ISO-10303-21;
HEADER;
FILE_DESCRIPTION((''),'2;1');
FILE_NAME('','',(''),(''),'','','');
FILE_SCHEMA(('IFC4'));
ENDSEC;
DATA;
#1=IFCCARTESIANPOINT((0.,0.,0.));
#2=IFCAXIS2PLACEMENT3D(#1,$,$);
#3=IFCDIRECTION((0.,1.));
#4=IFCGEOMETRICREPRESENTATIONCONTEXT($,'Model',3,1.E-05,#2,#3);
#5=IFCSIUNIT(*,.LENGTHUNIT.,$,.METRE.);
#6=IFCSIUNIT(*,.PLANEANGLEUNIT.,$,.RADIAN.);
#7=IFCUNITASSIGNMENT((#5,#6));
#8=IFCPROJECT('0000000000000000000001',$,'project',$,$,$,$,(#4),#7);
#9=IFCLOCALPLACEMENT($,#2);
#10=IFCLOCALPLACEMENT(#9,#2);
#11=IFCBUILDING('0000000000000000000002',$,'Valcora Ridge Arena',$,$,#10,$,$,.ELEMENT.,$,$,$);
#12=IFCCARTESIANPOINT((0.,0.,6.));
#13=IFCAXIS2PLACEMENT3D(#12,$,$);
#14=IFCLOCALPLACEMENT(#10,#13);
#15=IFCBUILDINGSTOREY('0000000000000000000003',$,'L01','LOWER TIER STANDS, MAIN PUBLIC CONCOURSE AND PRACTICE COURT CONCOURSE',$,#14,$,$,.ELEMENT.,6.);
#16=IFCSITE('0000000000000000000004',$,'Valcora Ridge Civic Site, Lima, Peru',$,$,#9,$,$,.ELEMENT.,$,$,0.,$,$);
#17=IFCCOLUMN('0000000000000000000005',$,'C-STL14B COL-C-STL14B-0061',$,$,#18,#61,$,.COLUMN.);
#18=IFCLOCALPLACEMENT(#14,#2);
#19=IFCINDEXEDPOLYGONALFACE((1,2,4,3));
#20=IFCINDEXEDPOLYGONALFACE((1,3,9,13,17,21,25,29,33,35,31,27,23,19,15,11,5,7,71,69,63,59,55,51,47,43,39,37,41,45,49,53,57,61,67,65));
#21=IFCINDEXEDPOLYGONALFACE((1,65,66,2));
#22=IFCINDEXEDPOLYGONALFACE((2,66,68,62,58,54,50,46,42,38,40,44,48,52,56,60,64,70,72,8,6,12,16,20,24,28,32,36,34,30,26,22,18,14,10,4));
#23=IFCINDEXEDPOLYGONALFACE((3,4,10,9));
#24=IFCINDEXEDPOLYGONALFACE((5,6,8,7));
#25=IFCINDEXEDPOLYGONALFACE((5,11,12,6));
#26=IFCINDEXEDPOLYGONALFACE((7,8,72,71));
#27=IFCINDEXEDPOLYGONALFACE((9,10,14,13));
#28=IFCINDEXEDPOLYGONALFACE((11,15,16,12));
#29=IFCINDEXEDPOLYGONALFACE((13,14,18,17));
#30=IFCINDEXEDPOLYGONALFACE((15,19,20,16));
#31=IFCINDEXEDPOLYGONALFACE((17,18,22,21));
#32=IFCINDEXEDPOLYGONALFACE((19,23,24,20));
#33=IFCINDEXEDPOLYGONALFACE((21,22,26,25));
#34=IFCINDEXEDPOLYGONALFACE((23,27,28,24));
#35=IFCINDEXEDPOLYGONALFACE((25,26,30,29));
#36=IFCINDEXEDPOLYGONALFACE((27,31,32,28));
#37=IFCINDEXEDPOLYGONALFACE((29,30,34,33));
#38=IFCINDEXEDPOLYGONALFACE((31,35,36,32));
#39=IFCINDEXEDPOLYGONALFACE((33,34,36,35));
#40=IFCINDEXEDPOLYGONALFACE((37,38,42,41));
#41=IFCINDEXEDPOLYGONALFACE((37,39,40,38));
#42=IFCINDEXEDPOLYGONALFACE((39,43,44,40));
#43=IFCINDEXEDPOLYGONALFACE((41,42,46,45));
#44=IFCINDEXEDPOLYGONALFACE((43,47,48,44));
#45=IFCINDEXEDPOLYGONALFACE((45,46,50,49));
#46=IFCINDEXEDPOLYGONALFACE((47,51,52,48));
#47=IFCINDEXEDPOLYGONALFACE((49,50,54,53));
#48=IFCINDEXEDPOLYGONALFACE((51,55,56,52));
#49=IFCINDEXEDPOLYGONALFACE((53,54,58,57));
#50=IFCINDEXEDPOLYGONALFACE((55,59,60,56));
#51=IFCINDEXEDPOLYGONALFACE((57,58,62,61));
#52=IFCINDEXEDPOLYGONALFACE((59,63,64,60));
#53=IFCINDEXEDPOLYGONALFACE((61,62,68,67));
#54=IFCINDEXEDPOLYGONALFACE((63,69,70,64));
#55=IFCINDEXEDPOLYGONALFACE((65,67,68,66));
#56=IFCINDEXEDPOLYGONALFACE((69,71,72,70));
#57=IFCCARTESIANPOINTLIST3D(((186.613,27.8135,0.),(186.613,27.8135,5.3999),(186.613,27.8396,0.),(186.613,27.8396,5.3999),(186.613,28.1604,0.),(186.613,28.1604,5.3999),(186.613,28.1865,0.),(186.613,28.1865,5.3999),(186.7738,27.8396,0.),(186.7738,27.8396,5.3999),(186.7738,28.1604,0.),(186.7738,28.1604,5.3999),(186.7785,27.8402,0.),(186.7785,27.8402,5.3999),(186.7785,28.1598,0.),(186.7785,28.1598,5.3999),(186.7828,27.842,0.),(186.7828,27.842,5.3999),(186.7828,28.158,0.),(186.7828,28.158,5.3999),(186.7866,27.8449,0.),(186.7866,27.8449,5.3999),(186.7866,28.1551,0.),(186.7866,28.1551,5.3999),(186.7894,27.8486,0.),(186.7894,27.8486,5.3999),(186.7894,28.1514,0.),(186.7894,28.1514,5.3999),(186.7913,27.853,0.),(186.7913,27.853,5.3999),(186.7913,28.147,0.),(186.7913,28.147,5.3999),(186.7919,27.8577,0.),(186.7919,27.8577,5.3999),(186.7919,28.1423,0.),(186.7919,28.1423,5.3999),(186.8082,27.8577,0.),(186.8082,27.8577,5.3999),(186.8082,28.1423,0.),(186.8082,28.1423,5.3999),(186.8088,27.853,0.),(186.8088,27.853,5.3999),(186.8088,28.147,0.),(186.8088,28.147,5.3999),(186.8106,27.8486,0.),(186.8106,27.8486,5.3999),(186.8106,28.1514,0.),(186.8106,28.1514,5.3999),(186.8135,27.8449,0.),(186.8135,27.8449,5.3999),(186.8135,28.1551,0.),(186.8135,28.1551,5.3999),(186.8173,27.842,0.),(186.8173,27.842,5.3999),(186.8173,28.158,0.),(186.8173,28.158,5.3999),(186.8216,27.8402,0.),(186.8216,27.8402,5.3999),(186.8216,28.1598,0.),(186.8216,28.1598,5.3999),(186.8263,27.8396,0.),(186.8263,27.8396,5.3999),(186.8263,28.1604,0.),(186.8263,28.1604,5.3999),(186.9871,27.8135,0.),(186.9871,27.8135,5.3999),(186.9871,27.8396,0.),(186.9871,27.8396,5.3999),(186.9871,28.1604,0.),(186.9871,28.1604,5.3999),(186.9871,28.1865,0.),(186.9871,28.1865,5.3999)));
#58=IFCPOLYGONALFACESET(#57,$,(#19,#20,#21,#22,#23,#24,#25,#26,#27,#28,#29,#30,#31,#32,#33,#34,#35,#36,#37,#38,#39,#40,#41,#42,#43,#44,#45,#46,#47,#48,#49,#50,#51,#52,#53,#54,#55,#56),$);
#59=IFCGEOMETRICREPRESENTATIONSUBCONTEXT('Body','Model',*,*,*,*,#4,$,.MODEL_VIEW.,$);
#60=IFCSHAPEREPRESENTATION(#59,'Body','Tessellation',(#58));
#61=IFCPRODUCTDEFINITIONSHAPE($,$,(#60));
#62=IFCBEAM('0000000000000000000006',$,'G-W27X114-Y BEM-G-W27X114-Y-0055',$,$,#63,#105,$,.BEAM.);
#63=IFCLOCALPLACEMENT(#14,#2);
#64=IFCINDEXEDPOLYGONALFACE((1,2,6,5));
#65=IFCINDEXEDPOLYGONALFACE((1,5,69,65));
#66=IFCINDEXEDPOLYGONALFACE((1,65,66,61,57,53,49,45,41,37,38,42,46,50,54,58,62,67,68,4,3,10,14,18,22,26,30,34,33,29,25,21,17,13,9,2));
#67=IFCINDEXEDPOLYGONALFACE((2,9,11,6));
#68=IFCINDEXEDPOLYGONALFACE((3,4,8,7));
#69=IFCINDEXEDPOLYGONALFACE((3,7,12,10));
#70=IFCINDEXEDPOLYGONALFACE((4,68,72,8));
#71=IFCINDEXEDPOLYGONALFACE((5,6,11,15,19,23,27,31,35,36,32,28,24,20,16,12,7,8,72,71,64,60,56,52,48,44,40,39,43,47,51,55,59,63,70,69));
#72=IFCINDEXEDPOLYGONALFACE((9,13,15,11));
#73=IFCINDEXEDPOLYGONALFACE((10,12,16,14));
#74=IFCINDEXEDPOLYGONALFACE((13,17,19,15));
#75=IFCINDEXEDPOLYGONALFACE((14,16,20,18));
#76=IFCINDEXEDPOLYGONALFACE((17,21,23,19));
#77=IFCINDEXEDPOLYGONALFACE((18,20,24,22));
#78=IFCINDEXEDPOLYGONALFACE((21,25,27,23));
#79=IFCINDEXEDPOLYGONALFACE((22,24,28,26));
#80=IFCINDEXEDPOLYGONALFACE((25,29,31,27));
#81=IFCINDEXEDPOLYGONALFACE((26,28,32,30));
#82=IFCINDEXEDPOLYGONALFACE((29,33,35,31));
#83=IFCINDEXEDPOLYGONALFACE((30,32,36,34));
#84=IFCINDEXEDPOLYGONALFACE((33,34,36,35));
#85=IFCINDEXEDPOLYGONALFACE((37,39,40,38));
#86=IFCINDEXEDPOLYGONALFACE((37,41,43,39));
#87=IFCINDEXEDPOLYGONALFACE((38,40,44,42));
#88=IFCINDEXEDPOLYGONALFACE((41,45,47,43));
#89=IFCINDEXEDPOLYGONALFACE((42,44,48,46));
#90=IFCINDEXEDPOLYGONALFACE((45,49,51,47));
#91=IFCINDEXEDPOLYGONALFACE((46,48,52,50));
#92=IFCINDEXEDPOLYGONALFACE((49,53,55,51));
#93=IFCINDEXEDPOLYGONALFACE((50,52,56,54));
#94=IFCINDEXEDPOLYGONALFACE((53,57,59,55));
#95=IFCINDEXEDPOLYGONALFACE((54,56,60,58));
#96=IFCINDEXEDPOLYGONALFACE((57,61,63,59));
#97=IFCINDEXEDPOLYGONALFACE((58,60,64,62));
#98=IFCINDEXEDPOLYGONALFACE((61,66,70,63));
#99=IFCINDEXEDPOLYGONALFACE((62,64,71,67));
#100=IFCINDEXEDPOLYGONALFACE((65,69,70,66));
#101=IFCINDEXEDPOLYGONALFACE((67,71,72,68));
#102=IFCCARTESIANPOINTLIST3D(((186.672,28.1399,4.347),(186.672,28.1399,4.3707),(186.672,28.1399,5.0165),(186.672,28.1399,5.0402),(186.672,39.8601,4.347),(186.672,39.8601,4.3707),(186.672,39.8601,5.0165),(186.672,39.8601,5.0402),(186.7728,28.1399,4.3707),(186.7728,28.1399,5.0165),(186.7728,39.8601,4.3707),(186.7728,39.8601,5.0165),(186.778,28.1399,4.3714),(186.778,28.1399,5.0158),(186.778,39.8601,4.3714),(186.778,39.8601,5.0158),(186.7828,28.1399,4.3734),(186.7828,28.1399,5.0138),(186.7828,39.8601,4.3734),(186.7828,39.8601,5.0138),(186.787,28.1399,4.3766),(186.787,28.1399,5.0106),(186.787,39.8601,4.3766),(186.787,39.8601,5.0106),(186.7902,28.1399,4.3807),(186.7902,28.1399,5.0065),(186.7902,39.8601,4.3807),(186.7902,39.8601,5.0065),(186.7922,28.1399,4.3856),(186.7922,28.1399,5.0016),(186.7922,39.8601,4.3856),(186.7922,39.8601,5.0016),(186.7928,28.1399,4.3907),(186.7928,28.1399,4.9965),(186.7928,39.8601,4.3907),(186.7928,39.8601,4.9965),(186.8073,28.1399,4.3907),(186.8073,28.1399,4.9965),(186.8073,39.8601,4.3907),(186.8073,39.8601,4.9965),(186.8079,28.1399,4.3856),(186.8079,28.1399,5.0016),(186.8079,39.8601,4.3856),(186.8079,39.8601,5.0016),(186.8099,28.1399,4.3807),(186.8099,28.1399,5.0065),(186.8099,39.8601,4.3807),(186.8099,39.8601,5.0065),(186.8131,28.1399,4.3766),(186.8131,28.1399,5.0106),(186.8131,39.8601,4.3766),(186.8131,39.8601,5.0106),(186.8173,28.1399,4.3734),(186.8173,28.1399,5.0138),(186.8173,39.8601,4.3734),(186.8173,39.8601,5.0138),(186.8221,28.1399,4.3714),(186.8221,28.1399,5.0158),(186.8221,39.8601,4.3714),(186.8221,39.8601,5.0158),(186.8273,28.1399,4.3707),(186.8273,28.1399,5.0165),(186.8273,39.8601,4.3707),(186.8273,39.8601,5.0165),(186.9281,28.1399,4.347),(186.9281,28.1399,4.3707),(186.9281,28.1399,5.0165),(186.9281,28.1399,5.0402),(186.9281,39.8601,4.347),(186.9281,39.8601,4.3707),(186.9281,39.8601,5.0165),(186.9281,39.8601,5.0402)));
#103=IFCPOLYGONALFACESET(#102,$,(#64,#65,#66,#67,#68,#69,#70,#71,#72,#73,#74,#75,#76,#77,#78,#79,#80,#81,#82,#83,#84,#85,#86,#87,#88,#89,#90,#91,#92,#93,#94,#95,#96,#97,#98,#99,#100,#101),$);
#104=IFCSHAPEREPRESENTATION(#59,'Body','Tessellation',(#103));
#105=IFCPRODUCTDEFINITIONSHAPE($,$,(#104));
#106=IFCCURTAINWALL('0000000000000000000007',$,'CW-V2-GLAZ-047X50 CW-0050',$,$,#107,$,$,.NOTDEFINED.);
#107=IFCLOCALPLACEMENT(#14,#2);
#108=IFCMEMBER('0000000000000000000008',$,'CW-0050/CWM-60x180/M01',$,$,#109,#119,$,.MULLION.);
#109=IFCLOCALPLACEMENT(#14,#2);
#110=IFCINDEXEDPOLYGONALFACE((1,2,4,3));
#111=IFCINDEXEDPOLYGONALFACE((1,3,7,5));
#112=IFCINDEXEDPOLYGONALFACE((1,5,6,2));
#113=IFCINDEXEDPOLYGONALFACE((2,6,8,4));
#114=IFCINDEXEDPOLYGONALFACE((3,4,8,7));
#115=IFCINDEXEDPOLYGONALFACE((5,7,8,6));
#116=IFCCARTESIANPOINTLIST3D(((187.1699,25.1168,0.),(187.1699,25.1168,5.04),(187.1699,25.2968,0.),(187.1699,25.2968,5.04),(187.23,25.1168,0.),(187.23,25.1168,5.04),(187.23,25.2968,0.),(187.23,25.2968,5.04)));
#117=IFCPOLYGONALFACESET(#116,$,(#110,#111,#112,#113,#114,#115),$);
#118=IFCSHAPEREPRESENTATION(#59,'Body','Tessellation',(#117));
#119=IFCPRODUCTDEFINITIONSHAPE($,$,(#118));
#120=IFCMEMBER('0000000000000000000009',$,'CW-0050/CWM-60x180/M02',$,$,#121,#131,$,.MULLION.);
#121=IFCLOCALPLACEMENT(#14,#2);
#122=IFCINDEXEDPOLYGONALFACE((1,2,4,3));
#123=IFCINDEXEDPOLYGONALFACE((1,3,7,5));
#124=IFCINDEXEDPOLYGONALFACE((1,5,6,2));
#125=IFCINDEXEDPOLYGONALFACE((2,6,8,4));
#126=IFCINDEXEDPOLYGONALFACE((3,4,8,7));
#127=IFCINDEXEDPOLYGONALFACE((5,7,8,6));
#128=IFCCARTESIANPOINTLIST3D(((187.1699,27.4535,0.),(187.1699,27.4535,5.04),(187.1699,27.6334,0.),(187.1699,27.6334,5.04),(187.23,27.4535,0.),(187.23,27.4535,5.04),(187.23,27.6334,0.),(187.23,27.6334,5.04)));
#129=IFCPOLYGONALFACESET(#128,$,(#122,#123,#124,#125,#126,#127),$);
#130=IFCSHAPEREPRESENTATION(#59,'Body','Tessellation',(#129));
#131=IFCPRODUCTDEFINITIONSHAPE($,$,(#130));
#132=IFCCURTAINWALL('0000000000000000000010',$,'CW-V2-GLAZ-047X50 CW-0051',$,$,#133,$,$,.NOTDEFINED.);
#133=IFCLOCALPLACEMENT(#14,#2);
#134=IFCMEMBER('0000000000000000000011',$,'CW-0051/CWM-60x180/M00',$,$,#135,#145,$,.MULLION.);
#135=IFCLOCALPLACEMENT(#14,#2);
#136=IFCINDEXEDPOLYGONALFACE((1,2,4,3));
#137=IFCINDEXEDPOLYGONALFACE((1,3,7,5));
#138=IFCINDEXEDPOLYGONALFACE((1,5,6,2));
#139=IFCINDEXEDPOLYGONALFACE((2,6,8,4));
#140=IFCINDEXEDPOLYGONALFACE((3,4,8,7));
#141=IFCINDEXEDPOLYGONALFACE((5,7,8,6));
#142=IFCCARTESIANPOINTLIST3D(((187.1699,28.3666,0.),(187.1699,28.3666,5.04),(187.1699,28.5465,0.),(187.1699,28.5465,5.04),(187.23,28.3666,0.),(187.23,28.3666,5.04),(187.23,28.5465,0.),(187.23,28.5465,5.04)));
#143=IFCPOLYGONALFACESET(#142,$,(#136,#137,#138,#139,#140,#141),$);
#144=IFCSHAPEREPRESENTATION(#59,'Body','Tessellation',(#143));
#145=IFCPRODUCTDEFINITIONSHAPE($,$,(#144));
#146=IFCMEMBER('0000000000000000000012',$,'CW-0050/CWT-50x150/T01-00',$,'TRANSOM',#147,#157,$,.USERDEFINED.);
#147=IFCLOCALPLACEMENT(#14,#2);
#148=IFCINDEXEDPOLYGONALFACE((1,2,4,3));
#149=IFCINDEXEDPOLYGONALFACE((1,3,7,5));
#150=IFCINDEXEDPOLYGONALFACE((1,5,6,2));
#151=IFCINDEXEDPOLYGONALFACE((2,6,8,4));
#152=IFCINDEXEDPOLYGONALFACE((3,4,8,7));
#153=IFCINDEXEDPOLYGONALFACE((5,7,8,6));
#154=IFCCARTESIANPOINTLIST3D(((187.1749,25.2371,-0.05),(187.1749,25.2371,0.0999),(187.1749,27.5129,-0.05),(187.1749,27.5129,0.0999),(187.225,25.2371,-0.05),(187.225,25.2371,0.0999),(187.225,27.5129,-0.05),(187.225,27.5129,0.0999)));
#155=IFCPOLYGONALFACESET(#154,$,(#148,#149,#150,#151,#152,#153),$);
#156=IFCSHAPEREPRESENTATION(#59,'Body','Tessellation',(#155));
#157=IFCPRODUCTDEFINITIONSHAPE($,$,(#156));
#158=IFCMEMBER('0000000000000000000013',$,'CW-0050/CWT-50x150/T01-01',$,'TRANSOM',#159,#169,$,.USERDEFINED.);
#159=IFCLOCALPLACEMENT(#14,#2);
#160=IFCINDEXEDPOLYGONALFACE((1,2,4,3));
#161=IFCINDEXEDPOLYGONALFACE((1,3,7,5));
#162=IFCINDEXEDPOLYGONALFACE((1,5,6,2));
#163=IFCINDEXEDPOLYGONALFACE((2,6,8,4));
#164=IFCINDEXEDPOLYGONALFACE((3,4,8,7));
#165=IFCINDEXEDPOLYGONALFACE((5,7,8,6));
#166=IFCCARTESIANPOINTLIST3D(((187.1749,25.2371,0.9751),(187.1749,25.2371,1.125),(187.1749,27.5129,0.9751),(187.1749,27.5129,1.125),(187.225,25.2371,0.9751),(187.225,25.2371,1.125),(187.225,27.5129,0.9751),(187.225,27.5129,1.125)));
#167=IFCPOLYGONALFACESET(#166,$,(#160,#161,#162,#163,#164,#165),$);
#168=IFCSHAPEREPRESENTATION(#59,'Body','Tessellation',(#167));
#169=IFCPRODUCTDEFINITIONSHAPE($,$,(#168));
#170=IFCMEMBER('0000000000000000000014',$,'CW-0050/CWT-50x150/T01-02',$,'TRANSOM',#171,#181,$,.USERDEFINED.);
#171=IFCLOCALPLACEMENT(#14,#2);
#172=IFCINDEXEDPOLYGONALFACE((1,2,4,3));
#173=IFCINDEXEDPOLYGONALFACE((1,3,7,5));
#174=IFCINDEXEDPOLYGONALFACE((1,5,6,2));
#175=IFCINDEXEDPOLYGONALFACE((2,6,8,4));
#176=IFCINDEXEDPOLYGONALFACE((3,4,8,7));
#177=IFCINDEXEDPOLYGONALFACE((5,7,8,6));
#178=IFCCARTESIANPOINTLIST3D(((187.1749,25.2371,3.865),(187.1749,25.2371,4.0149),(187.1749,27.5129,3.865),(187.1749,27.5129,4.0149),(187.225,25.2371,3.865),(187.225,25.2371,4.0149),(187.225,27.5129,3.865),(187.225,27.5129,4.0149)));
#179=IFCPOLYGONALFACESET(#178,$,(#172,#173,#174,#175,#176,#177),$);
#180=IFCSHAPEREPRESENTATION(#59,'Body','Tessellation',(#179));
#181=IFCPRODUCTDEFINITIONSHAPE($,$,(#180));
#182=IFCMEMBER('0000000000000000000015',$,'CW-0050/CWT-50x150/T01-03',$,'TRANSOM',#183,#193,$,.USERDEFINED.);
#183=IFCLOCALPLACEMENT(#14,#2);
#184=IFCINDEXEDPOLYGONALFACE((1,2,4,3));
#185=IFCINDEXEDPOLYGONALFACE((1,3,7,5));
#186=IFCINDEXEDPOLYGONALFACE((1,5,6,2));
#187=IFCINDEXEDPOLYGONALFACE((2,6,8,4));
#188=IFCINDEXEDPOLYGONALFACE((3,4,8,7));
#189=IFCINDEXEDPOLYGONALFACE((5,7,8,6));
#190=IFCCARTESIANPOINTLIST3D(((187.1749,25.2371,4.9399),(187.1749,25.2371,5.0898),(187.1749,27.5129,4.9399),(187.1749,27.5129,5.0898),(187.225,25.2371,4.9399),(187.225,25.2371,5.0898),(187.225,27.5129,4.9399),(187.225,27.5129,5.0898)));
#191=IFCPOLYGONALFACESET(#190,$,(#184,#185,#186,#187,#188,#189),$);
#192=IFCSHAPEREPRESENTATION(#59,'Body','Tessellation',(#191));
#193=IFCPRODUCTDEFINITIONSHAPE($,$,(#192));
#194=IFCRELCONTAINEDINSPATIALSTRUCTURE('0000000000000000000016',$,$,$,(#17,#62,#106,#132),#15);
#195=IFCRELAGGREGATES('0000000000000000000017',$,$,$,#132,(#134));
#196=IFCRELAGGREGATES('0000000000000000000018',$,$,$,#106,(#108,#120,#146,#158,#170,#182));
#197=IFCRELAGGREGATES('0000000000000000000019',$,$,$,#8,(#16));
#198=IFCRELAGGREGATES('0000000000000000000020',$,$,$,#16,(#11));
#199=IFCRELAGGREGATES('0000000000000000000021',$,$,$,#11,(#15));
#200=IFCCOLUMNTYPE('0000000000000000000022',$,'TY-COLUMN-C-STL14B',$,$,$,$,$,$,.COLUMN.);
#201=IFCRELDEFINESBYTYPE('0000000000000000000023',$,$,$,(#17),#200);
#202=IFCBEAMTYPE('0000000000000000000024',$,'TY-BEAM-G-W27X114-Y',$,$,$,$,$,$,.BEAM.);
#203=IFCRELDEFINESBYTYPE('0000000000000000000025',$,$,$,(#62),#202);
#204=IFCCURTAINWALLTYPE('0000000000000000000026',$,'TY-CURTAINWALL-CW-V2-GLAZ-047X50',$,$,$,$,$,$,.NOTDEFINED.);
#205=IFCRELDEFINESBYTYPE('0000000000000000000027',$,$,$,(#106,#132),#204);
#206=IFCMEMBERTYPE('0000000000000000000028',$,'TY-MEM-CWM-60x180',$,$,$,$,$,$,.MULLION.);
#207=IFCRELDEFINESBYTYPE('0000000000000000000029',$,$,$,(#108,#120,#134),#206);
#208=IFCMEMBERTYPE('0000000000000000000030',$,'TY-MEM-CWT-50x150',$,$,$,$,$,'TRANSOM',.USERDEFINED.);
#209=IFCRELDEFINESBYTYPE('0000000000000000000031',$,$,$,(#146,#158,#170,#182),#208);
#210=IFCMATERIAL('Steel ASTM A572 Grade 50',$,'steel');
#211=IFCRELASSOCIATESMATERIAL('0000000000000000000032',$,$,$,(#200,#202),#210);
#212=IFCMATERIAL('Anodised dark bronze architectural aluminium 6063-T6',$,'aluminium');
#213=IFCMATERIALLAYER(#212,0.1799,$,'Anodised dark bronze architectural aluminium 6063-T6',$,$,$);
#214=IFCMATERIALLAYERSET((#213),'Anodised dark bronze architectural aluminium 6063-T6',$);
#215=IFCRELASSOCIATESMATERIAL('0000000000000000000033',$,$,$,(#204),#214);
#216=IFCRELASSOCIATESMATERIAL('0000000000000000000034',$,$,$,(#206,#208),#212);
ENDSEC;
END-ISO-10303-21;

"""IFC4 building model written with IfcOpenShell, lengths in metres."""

from ifc_helpers import new_model, si_unit, direction, frame, origin, origin_2d, place, context, subcontext, project, spatial, rectangle, i_section, extrude, material, layer, layer_set, material_profile, profile_set, type_object, element, aggregate, save


model = new_model("IFC4")

# Units and contexts
model_context = context("Model", 3, precision=1e-05, world=origin(), true_north=direction((0.0, 1.0)))
body_context = subcontext(model_context, "Body", "Model", "MODEL_VIEW")
ifc_project = project(units=[si_unit("LENGTHUNIT", "METRE"), si_unit("PLANEANGLEUNIT", "RADIAN")], contexts=[model_context])

# Site, building, storey
site_placement = place(None, origin())
site = spatial("IfcSite", under=ifc_project, at=site_placement, Name="Valcora Ridge Civic Site, Lima, Peru", CompositionType="ELEMENT", RefElevation=0.0)
building_placement = place(site_placement, origin())
building = spatial("IfcBuilding", under=site, at=building_placement, Name="Valcora Ridge Arena", CompositionType="ELEMENT")
storey_placement = place(building_placement, frame((0.0, 0.0, 6.0)))
storey = spatial("IfcBuildingStorey", under=building, at=storey_placement, Name="L01", Description="LOWER TIER STANDS, MAIN PUBLIC CONCOURSE AND PRACTICE COURT CONCOURSE", CompositionType="ELEMENT", Elevation=6.0)

# Column
ifc_material_1 = material(Name="Steel ASTM A572 Grade 50", Category="steel")
ifc_material_profile_1 = material_profile(ifc_material_1, i_section(OverallWidth=0.374, OverallDepth=0.373, WebThickness=0.0164, FlangeThickness=0.0261, FilletRadius=0.0181, at=origin_2d()), Name="W14X132")
ifc_profile_set_1 = profile_set([ifc_material_profile_1], Name="Steel ASTM A572 Grade 50")
column_type = type_object("IfcColumnType", Name="TY-COLUMN-C-STL14B", PredefinedType="COLUMN", material=ifc_profile_set_1)
column_placement = place(storey_placement, frame((186.8, 28.0, 0.0), z_axis=(0.0, 0.0, 1.0), x_axis=(1.0, 0.0, 0.0)))
element("IfcColumn", 1, at=column_placement, inside=storey, type_object=column_type, Name="C-STL14B COL-C-STL14B-0061", PredefinedType="COLUMN", context=body_context, shape_type="SweptSolid", body=[
    extrude(i_section(OverallWidth=0.374, OverallDepth=0.373, WebThickness=0.0164, FlangeThickness=0.0261, FilletRadius=0.0181, at=origin_2d()), origin(), (0.0, 0.0, 1.0), 5.3999),
])

# Beam
ifc_material_profile_2 = material_profile(ifc_material_1, i_section(OverallWidth=0.2561, OverallDepth=0.6931, WebThickness=0.0144, FlangeThickness=0.0237, FilletRadius=0.02, at=origin_2d()), Name="W27X114")
ifc_profile_set_2 = profile_set([ifc_material_profile_2], Name="Steel ASTM A572 Grade 50")
beam_type = type_object("IfcBeamType", Name="TY-BEAM-G-W27X114-Y", PredefinedType="BEAM", material=ifc_profile_set_2)
beam_placement = place(storey_placement, frame((186.8, 28.1399, 4.6936), z_axis=(0.0, 1.0, 0.0), x_axis=(-1.0, 0.0, 0.0)))
element("IfcBeam", 2, at=beam_placement, inside=storey, type_object=beam_type, Name="G-W27X114-Y BEM-G-W27X114-Y-0055", PredefinedType="BEAM", context=body_context, shape_type="SweptSolid", body=[
    extrude(i_section(OverallWidth=0.2561, OverallDepth=0.6931, WebThickness=0.0144, FlangeThickness=0.0237, FilletRadius=0.02, at=origin_2d()), origin(), (0.0, 0.0, 1.0), 11.7202),
])

# Curtain wall, members
ifc_material_2 = material(Name="Anodised dark bronze architectural aluminium 6063-T6", Category="aluminium")
ifc_layer_1 = layer(ifc_material_2, 0.1799, Name="Anodised dark bronze architectural aluminium 6063-T6")
ifc_layer_set_1 = layer_set([ifc_layer_1], Name="Anodised dark bronze architectural aluminium 6063-T6")
curtain_wall_type = type_object("IfcCurtainWallType", Name="TY-CURTAINWALL-CW-V2-GLAZ-047X50", PredefinedType="NOTDEFINED", material=ifc_layer_set_1)
curtain_wall_1_placement = place(storey_placement, origin())
curtain_wall_1 = element("IfcCurtainWall", 3, at=curtain_wall_1_placement, inside=storey, type_object=curtain_wall_type, Name="CW-V2-GLAZ-047X50 CW-0050", PredefinedType="NOTDEFINED")
ifc_material_profile_3 = material_profile(ifc_material_2, rectangle(XDim=0.0601, YDim=0.1799, at=origin_2d()), Name="ALU MULLION 60x180")
ifc_profile_set_3 = profile_set([ifc_material_profile_3], Name="Anodised dark bronze architectural aluminium 6063-T6")
member_type_1 = type_object("IfcMemberType", Name="TY-MEM-CWM-60x180", PredefinedType="MULLION", material=ifc_profile_set_3)
member_1_placement = place(storey_placement, frame((187.2, 25.2068, 0.0), z_axis=(0.0, 0.0, 1.0), x_axis=(-1.0, 0.0, 0.0)))
member_1 = element("IfcMember", 4, at=member_1_placement, type_object=member_type_1, Name="CW-0050/CWM-60x180/M01", PredefinedType="MULLION", context=body_context, shape_type="SweptSolid", body=[
    extrude(rectangle(XDim=0.0601, YDim=0.1799, at=origin_2d()), origin(), (0.0, 0.0, 1.0), 5.04),
])
member_2_placement = place(storey_placement, frame((187.2, 27.5435, 0.0), z_axis=(0.0, 0.0, 1.0), x_axis=(-1.0, 0.0, 0.0)))
member_2 = element("IfcMember", 5, at=member_2_placement, type_object=member_type_1, Name="CW-0050/CWM-60x180/M02", PredefinedType="MULLION", context=body_context, shape_type="SweptSolid", body=[
    extrude(rectangle(XDim=0.0601, YDim=0.1799, at=origin_2d()), origin(), (0.0, 0.0, 1.0), 5.04),
])

# Curtain wall, member
curtain_wall_2_placement = place(storey_placement, origin())
curtain_wall_2 = element("IfcCurtainWall", 6, at=curtain_wall_2_placement, inside=storey, type_object=curtain_wall_type, Name="CW-V2-GLAZ-047X50 CW-0051", PredefinedType="NOTDEFINED")
member_3_placement = place(storey_placement, frame((187.2, 28.4565, 0.0), z_axis=(0.0, 0.0, 1.0), x_axis=(-1.0, 0.0, 0.0)))
member_3 = element("IfcMember", 7, at=member_3_placement, type_object=member_type_1, Name="CW-0051/CWM-60x180/M00", PredefinedType="MULLION", context=body_context, shape_type="SweptSolid", body=[
    extrude(rectangle(XDim=0.0601, YDim=0.1799, at=origin_2d()), origin(), (0.0, 0.0, 1.0), 5.04),
])
aggregate(curtain_wall_2, [member_3])

# Members
ifc_material_profile_4 = material_profile(ifc_material_2, rectangle(XDim=0.05, YDim=0.1499, at=origin_2d()), Name="ALU TRANSOM 50x150")
ifc_profile_set_4 = profile_set([ifc_material_profile_4], Name="Anodised dark bronze architectural aluminium 6063-T6")
member_type_2 = type_object("IfcMemberType", Name="TY-MEM-CWT-50x150", ElementType="TRANSOM", PredefinedType="USERDEFINED", material=ifc_profile_set_4)
member_4_placement = place(storey_placement, frame((187.2, 25.2371, 0.0249), z_axis=(0.0, 1.0, 0.0), x_axis=(-1.0, 0.0, 0.0)))
member_4 = element("IfcMember", 8, at=member_4_placement, type_object=member_type_2, Name="CW-0050/CWT-50x150/T01-00", ObjectType="TRANSOM", PredefinedType="USERDEFINED", context=body_context, shape_type="SweptSolid", body=[
    extrude(rectangle(XDim=0.05, YDim=0.1499, at=origin_2d()), origin(), (0.0, 0.0, 1.0), 2.2759),
])
member_5_placement = place(storey_placement, frame((187.2, 25.2371, 1.05), z_axis=(0.0, 1.0, 0.0), x_axis=(-1.0, 0.0, 0.0)))
member_5 = element("IfcMember", 9, at=member_5_placement, type_object=member_type_2, Name="CW-0050/CWT-50x150/T01-01", ObjectType="TRANSOM", PredefinedType="USERDEFINED", context=body_context, shape_type="SweptSolid", body=[
    extrude(rectangle(XDim=0.05, YDim=0.1499, at=origin_2d()), origin(), (0.0, 0.0, 1.0), 2.2759),
])
member_6_placement = place(storey_placement, frame((187.2, 25.2371, 3.9399), z_axis=(0.0, 1.0, 0.0), x_axis=(-1.0, 0.0, 0.0)))
member_6 = element("IfcMember", 10, at=member_6_placement, type_object=member_type_2, Name="CW-0050/CWT-50x150/T01-02", ObjectType="TRANSOM", PredefinedType="USERDEFINED", context=body_context, shape_type="SweptSolid", body=[
    extrude(rectangle(XDim=0.05, YDim=0.1499, at=origin_2d()), origin(), (0.0, 0.0, 1.0), 2.2759),
])
member_7_placement = place(storey_placement, frame((187.2, 25.2371, 5.0149), z_axis=(0.0, 1.0, 0.0), x_axis=(-1.0, 0.0, 0.0)))
member_7 = element("IfcMember", 11, at=member_7_placement, type_object=member_type_2, Name="CW-0050/CWT-50x150/T01-03", ObjectType="TRANSOM", PredefinedType="USERDEFINED", context=body_context, shape_type="SweptSolid", body=[
    extrude(rectangle(XDim=0.05, YDim=0.1499, at=origin_2d()), origin(), (0.0, 0.0, 1.0), 2.2759),
])

aggregate(curtain_wall_1, [member_1, member_2, member_4, member_5, member_6, member_7])

save(model, "model.ifc")
